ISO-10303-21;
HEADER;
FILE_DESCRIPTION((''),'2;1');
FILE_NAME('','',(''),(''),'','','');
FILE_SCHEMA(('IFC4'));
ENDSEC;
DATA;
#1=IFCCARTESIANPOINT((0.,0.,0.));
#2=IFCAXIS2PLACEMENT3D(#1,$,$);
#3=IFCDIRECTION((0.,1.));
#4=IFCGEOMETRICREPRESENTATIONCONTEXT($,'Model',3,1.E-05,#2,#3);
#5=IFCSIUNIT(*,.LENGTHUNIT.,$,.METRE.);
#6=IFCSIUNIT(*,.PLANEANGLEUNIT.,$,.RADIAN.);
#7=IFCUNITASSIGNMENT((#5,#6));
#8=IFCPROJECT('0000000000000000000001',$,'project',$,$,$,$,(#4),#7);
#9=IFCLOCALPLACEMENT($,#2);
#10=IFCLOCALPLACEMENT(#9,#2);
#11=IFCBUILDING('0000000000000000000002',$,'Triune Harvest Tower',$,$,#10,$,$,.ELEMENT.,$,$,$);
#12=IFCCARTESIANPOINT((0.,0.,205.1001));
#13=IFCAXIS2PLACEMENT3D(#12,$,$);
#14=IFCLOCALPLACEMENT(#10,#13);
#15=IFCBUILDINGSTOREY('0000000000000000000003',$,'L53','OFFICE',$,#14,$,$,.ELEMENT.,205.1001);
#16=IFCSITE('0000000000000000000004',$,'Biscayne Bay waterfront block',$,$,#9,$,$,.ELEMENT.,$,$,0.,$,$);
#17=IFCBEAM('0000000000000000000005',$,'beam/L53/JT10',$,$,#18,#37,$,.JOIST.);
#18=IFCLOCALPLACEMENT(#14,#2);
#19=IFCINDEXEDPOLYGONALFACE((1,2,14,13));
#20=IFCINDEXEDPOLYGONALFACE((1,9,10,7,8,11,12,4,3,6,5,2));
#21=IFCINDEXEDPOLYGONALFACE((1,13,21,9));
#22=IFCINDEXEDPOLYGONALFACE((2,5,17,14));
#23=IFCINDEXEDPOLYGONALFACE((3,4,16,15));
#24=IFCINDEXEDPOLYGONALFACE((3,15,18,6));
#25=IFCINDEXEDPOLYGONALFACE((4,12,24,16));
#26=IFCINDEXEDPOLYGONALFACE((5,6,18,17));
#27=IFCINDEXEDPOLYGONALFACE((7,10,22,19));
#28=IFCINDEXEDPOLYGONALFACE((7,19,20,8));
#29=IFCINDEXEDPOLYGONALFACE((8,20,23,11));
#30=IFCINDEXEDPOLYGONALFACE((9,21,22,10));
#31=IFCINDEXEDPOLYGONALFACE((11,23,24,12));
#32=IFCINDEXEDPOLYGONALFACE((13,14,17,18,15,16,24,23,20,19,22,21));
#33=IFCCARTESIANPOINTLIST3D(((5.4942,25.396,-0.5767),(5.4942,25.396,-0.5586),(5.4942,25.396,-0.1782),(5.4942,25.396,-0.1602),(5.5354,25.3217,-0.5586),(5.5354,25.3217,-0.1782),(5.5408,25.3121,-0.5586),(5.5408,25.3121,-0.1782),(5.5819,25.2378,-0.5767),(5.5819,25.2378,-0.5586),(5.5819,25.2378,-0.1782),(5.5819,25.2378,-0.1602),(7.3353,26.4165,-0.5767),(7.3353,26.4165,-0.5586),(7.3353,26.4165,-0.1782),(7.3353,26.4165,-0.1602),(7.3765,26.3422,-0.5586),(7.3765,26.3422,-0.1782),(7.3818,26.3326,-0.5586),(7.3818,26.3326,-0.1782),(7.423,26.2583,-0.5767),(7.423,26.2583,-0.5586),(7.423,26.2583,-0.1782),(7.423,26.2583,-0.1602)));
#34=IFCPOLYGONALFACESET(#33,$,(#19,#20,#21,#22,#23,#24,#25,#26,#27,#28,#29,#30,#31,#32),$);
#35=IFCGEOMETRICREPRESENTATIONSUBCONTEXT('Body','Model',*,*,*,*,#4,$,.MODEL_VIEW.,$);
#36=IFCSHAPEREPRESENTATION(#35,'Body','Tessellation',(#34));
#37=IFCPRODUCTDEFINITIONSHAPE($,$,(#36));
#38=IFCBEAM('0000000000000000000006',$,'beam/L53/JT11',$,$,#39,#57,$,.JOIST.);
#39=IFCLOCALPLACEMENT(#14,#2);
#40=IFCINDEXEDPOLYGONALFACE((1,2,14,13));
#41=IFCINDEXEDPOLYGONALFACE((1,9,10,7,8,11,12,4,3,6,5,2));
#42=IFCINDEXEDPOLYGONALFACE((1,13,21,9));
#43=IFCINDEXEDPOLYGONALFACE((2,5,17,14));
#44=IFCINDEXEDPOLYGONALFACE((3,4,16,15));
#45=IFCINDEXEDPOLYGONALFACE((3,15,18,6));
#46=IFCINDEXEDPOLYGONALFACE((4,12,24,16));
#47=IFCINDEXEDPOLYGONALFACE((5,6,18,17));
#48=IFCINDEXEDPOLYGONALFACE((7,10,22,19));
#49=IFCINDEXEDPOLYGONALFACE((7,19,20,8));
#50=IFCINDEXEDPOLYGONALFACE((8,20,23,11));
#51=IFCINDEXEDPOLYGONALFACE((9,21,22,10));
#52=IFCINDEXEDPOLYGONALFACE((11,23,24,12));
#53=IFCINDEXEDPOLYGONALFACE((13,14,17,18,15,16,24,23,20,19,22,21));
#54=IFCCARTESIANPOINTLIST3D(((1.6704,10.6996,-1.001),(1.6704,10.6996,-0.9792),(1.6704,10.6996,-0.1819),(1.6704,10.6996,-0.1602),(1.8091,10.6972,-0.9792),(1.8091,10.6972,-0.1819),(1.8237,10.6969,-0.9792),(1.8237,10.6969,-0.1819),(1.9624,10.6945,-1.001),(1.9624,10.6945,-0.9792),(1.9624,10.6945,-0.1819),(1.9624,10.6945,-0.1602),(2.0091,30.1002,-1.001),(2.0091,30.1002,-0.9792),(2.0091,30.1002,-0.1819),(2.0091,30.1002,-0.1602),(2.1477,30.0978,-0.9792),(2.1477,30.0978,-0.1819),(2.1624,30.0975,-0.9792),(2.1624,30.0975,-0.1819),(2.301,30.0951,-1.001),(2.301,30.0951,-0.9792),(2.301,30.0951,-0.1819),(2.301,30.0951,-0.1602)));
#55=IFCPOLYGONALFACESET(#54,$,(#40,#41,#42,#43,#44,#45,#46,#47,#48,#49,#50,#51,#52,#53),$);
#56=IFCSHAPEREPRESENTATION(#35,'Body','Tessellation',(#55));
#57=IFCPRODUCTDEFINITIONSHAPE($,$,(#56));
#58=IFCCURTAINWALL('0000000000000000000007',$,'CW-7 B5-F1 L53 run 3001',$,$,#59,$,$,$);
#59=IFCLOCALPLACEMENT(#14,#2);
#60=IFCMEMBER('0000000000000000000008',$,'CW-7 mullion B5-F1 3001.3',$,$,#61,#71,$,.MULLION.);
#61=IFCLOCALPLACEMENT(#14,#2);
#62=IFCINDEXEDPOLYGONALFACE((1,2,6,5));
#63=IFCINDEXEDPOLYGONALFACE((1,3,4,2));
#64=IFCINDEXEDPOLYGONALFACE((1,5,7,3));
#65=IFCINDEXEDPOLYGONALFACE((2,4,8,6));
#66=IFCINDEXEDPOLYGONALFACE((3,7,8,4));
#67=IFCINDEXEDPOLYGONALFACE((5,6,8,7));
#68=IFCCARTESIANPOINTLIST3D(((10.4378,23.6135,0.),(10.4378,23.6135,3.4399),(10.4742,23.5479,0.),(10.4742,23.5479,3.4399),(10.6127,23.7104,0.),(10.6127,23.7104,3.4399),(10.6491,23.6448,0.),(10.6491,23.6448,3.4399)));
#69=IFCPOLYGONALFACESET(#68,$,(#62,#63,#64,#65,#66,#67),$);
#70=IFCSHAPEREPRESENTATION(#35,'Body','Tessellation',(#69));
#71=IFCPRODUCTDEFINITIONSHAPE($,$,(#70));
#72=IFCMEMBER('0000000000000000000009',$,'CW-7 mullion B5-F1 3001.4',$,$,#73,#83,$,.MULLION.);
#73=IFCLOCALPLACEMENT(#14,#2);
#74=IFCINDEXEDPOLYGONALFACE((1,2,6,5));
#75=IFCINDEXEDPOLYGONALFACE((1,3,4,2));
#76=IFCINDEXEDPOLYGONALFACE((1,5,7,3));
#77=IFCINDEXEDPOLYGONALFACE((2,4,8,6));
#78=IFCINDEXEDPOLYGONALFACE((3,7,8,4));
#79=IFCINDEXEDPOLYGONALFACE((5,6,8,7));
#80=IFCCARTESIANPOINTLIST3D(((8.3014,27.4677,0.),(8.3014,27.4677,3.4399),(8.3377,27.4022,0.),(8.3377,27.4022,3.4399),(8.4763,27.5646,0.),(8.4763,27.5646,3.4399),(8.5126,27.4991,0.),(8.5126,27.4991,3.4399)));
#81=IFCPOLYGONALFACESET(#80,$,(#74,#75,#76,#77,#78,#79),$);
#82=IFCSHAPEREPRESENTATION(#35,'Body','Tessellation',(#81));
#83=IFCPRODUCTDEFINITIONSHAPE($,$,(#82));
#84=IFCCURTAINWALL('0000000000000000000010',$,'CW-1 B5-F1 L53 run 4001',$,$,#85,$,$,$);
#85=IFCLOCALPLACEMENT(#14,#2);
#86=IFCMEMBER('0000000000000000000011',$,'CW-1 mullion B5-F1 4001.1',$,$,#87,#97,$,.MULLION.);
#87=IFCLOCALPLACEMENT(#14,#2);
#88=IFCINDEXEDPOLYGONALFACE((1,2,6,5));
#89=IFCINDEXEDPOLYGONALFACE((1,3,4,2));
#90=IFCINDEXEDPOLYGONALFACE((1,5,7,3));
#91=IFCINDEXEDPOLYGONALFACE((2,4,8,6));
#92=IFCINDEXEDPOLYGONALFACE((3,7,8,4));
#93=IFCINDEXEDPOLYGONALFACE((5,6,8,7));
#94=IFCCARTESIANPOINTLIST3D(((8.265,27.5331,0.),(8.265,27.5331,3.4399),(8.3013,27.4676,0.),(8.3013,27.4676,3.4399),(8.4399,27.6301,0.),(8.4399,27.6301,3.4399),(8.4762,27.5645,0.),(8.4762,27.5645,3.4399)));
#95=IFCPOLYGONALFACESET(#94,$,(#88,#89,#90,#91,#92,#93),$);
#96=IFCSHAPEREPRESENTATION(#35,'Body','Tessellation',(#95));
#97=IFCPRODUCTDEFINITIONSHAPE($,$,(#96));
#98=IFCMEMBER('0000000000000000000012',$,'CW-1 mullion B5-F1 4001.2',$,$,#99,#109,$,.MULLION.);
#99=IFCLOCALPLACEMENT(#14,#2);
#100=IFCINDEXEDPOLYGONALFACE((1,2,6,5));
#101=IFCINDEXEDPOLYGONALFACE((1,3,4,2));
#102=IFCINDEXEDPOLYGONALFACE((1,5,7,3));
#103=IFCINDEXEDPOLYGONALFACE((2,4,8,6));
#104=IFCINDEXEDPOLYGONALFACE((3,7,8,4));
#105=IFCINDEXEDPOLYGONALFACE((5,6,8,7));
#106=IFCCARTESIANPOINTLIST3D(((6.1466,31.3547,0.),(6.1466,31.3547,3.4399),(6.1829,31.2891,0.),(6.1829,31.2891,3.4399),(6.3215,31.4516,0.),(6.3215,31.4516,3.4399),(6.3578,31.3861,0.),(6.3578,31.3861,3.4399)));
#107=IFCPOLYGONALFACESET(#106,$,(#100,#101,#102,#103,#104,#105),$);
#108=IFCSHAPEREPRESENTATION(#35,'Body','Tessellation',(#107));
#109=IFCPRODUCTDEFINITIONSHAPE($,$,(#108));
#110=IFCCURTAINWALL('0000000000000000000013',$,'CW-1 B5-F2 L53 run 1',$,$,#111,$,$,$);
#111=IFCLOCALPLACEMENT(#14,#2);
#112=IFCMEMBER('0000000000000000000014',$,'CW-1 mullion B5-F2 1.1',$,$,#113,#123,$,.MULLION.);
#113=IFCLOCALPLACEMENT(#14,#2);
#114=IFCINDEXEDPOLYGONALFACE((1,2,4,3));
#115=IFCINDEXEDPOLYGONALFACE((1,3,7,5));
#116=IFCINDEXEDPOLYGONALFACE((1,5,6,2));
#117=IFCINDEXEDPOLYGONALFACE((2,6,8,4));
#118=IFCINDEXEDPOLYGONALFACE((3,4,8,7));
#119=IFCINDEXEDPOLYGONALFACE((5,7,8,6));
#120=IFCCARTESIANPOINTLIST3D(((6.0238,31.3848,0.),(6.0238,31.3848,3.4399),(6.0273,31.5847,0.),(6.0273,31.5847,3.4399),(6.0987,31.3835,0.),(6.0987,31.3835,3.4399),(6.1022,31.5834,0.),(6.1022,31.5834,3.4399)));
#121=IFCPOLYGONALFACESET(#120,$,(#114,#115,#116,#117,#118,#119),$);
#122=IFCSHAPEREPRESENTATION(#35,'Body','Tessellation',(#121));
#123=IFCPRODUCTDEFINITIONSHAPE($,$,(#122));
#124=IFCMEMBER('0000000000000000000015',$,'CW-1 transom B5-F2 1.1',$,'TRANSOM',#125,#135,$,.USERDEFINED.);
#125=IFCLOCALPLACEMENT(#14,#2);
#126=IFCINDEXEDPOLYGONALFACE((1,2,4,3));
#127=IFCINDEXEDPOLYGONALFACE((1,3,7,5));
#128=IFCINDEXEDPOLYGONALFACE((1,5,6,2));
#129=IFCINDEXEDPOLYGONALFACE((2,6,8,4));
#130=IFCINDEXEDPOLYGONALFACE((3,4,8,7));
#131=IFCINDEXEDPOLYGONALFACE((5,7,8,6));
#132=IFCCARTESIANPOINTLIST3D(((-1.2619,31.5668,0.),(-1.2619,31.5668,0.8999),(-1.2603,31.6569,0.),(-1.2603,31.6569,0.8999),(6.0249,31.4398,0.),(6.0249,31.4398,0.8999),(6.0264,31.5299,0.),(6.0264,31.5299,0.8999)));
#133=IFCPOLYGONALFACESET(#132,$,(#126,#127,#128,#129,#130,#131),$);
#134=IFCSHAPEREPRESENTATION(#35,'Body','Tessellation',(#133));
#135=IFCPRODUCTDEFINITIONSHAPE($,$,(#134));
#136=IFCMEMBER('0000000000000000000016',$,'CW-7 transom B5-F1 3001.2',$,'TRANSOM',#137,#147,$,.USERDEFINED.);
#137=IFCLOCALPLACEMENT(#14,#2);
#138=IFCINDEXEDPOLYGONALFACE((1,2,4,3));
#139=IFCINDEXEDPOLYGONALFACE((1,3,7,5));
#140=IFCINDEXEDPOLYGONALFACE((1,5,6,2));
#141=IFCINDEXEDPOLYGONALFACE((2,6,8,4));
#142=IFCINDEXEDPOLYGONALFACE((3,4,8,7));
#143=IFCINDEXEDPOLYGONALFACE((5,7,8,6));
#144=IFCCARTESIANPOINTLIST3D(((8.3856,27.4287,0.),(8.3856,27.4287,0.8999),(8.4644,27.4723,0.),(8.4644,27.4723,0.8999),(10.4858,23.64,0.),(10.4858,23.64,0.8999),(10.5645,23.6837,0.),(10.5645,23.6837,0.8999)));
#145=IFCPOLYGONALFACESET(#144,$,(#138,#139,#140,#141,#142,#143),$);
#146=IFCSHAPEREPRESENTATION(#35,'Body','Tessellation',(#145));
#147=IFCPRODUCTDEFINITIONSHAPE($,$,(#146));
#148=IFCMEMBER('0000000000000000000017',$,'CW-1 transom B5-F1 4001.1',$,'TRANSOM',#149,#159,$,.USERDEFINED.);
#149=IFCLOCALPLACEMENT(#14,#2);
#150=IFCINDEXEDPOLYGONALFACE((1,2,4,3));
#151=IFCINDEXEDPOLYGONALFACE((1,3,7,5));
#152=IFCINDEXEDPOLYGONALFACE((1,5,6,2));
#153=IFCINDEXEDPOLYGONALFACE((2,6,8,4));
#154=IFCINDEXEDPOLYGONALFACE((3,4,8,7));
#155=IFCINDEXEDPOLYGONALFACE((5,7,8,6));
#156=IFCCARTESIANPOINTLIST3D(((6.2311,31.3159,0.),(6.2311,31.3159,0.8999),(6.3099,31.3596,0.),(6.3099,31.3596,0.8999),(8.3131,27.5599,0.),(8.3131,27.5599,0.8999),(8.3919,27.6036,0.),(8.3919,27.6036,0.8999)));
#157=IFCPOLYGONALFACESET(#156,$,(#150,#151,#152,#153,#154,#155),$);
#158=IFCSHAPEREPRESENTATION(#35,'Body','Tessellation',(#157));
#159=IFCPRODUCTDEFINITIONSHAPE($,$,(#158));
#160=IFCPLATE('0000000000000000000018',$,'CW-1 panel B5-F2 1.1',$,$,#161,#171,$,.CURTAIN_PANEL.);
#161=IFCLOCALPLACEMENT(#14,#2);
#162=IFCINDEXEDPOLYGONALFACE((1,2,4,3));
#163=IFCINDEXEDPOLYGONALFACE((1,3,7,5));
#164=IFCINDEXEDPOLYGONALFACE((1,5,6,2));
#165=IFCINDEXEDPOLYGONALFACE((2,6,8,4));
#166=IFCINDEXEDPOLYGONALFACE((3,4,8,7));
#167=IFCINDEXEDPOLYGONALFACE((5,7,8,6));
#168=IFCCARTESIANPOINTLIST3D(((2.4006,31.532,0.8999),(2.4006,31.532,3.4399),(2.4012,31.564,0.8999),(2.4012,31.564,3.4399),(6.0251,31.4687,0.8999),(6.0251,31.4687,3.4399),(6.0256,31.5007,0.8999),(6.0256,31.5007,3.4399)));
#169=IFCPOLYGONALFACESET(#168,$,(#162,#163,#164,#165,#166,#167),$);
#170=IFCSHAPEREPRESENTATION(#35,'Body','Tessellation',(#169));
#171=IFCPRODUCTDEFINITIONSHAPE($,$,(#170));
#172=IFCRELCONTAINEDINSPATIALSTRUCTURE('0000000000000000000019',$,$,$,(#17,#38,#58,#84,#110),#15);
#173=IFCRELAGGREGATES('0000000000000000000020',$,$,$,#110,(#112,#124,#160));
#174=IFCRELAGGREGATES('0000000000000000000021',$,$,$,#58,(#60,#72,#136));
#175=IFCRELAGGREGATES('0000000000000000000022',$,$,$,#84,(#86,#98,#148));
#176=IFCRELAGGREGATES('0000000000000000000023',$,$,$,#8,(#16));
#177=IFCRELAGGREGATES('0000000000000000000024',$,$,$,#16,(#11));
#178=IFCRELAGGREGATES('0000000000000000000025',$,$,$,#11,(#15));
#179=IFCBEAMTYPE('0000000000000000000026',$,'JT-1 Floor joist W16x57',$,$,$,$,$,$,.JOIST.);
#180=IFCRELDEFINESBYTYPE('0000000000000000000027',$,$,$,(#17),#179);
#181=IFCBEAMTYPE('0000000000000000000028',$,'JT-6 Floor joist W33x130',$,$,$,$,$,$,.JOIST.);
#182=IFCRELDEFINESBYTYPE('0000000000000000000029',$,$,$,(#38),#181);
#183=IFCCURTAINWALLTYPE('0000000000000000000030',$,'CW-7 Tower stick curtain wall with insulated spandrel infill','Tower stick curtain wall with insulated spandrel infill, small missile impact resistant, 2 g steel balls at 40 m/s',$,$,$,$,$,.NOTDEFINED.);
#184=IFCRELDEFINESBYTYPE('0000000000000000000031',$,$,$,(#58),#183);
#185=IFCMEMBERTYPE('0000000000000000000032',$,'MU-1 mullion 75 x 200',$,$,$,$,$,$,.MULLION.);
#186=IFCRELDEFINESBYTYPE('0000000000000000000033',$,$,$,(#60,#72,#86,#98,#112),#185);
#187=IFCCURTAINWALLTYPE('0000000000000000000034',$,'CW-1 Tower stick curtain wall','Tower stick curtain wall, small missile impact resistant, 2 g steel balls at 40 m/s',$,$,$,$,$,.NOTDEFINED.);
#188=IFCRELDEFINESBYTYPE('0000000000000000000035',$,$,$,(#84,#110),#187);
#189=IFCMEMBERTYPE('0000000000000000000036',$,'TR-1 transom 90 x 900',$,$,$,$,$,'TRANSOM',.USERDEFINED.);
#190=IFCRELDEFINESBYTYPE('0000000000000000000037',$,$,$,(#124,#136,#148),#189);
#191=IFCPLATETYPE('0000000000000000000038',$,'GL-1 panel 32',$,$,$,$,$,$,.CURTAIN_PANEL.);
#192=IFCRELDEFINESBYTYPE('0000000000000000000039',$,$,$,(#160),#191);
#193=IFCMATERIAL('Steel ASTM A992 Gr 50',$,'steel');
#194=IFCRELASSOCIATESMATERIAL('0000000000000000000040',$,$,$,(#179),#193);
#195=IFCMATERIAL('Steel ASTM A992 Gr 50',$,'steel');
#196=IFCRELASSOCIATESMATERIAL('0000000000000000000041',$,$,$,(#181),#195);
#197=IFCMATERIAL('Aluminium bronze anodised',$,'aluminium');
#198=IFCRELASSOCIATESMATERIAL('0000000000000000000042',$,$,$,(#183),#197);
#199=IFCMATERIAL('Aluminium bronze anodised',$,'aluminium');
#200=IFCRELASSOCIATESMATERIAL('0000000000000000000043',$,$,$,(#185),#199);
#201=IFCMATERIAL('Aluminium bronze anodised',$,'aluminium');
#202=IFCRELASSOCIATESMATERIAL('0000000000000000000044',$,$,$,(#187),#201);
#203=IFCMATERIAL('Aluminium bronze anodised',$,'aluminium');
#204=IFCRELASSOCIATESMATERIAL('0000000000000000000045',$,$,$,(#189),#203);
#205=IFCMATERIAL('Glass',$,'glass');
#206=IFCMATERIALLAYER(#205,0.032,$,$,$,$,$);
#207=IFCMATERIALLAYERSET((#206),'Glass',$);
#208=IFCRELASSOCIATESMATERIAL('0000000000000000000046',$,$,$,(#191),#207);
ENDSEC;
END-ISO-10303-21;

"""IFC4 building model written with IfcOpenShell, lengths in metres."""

from ifc_helpers import new_model, si_unit, direction, frame, origin, origin_2d, place, context, subcontext, project, spatial, rectangle, i_section, extrude, source, transform, mapped, material, layer, layer_set, material_profile, profile_set, type_object, element, aggregate, save


model = new_model("IFC4")

# Units and contexts
model_context = context("Model", 3, precision=1e-05, world=origin(), true_north=direction((0.0, 1.0)))
body_context = subcontext(model_context, "Body", "Model", "MODEL_VIEW")
ifc_project = project(units=[si_unit("LENGTHUNIT", "METRE"), si_unit("PLANEANGLEUNIT", "RADIAN")], contexts=[model_context])

# Site, building, storey
site_placement = place(None, origin())
site = spatial("IfcSite", under=ifc_project, at=site_placement, Name="Biscayne Bay waterfront block", CompositionType="ELEMENT", RefElevation=0.0)
building_placement = place(site_placement, origin())
building = spatial("IfcBuilding", under=site, at=building_placement, Name="Triune Harvest Tower", CompositionType="ELEMENT")
storey_placement = place(building_placement, frame((0.0, 0.0, 205.1001)))
storey = spatial("IfcBuildingStorey", under=building, at=storey_placement, Name="L53", Description="OFFICE", CompositionType="ELEMENT", Elevation=205.1001)

# Beams
ifc_material_1 = material(Name="Steel ASTM A992 Gr 50", Category="steel")
ifc_material_profile_1 = material_profile(ifc_material_1, i_section(OverallWidth=0.1809, OverallDepth=0.4165, WebThickness=0.011, FlangeThickness=0.0181, at=origin_2d()), Name="W16x57")
ifc_profile_set_1 = profile_set([ifc_material_profile_1], Name="Steel ASTM A992 Gr 50")
beam_type_1 = type_object("IfcBeamType", Name="JT-1 Floor joist W16x57", PredefinedType="JOIST", material=ifc_profile_set_1)
shared_shape_1 = source(origin(), body_context, "Body", "SweptSolid", [
    extrude(i_section(OverallWidth=0.1809, OverallDepth=0.4165, WebThickness=0.011, FlangeThickness=0.0181, at=origin_2d()), origin(), (0.0, 0.0, 1.0), 2.105),
])
beam_1_placement = place(storey_placement, frame((7.3792, 26.3374, -0.3684), z_axis=(-0.874622, -0.484806, 0.0), x_axis=(0.484806, -0.874622, 0.0)))
element("IfcBeam", 1, at=beam_1_placement, inside=storey, type_object=beam_type_1, Name="beam/L53/JT10", PredefinedType="JOIST", context=body_context, shape_type="MappedRepresentation", body=[
    mapped(shared_shape_1, transform((0.0, 0.0, 0.0), scale=1.0)),
])
ifc_material_2 = material(Name="Steel ASTM A992 Gr 50", Category="steel")
ifc_material_profile_2 = material_profile(ifc_material_2, i_section(OverallWidth=0.292, OverallDepth=0.8408, WebThickness=0.0146, FlangeThickness=0.0217, at=origin_2d()), Name="W33x130")
ifc_profile_set_2 = profile_set([ifc_material_profile_2], Name="Steel ASTM A992 Gr 50")
beam_type_2 = type_object("IfcBeamType", Name="JT-6 Floor joist W33x130", PredefinedType="JOIST", material=ifc_profile_set_2)
shared_shape_2 = source(origin(), body_context, "Body", "SweptSolid", [
    extrude(i_section(OverallWidth=0.292, OverallDepth=0.8408, WebThickness=0.0146, FlangeThickness=0.0217, at=origin_2d()), origin(), (0.0, 0.0, 1.0), 19.4036),
])
beam_2_placement = place(storey_placement, frame((2.155, 30.0977, -0.5806), z_axis=(-0.017452, -0.999848, 0.0), x_axis=(0.999848, -0.017452, 0.0)))
element("IfcBeam", 2, at=beam_2_placement, inside=storey, type_object=beam_type_2, Name="beam/L53/JT11", PredefinedType="JOIST", context=body_context, shape_type="MappedRepresentation", body=[
    mapped(shared_shape_2, transform((0.0, 0.0, 0.0), scale=1.0)),
])

# Curtain walls, members
ifc_material_3 = material(Name="Aluminium bronze anodised", Category="aluminium")
curtain_wall_type_1 = type_object("IfcCurtainWallType", Name="CW-7 Tower stick curtain wall with insulated spandrel infill", Description="Tower stick curtain wall with insulated spandrel infill, small missile impact resistant, 2 g steel balls at 40 m/s", PredefinedType="NOTDEFINED", material=ifc_material_3)
curtain_wall_1_placement = place(storey_placement, origin())
curtain_wall_1 = element("IfcCurtainWall", 3, at=curtain_wall_1_placement, inside=storey, type_object=curtain_wall_type_1, Name="CW-7 B5-F1 L53 run 3001")
ifc_material_4 = material(Name="Aluminium bronze anodised", Category="aluminium")
ifc_material_profile_3 = material_profile(ifc_material_4, rectangle(XDim=0.2, YDim=0.075, at=origin_2d()), Name="MU-1 mullion 75 x 200")
ifc_profile_set_3 = profile_set([ifc_material_profile_3], Name="Aluminium bronze anodised")
member_type_1 = type_object("IfcMemberType", Name="MU-1 mullion 75 x 200", PredefinedType="MULLION", material=ifc_profile_set_3)
shared_shape_3 = source(origin(), body_context, "Body", "SweptSolid", [
    extrude(rectangle(XDim=0.2, YDim=0.075, at=origin_2d()), origin(), (0.0, 0.0, 1.0), 3.4399),
])
member_1_placement = place(storey_placement, frame((10.5435, 23.6292, 0.0), z_axis=(0.0, 0.0, 1.0), x_axis=(-0.874621, -0.484807, 0.0)))
member_1 = element("IfcMember", 4, at=member_1_placement, type_object=member_type_1, Name="CW-7 mullion B5-F1 3001.3", PredefinedType="MULLION", context=body_context, shape_type="MappedRepresentation", body=[
    mapped(shared_shape_3, transform((0.0, 0.0, 0.0), scale=1.0)),
])
member_2_placement = place(storey_placement, frame((8.407, 27.4834, 0.0), z_axis=(0.0, 0.0, 1.0), x_axis=(-0.874621, -0.484807, 0.0)))
member_2 = element("IfcMember", 5, at=member_2_placement, type_object=member_type_1, Name="CW-7 mullion B5-F1 3001.4", PredefinedType="MULLION", context=body_context, shape_type="MappedRepresentation", body=[
    mapped(shared_shape_3, transform((0.0, 0.0, 0.0), scale=1.0)),
])
ifc_material_5 = material(Name="Aluminium bronze anodised", Category="aluminium")
curtain_wall_type_2 = type_object("IfcCurtainWallType", Name="CW-1 Tower stick curtain wall", Description="Tower stick curtain wall, small missile impact resistant, 2 g steel balls at 40 m/s", PredefinedType="NOTDEFINED", material=ifc_material_5)
curtain_wall_2_placement = place(storey_placement, origin())
curtain_wall_2 = element("IfcCurtainWall", 6, at=curtain_wall_2_placement, inside=storey, type_object=curtain_wall_type_2, Name="CW-1 B5-F1 L53 run 4001")
member_3_placement = place(storey_placement, frame((8.3706, 27.5488, 0.0), z_axis=(0.0, 0.0, 1.0), x_axis=(-0.874618, -0.484813, 0.0)))
member_3 = element("IfcMember", 7, at=member_3_placement, type_object=member_type_1, Name="CW-1 mullion B5-F1 4001.1", PredefinedType="MULLION", context=body_context, shape_type="MappedRepresentation", body=[
    mapped(shared_shape_3, transform((0.0, 0.0, 0.0), scale=1.0)),
])
member_4_placement = place(storey_placement, frame((6.2522, 31.3704, 0.0), z_axis=(0.0, 0.0, 1.0), x_axis=(-0.874618, -0.484813, 0.0)))
member_4 = element("IfcMember", 8, at=member_4_placement, type_object=member_type_1, Name="CW-1 mullion B5-F1 4001.2", PredefinedType="MULLION", context=body_context, shape_type="MappedRepresentation", body=[
    mapped(shared_shape_3, transform((0.0, 0.0, 0.0), scale=1.0)),
])
curtain_wall_3_placement = place(storey_placement, origin())
curtain_wall_3 = element("IfcCurtainWall", 9, at=curtain_wall_3_placement, inside=storey, type_object=curtain_wall_type_2, Name="CW-1 B5-F2 L53 run 1")
member_5_placement = place(storey_placement, frame((6.063, 31.4841, 0.0), z_axis=(0.0, 0.0, 1.0), x_axis=(-0.017446, -0.999848, 0.0)))
member_5 = element("IfcMember", 10, at=member_5_placement, type_object=member_type_1, Name="CW-1 mullion B5-F2 1.1", PredefinedType="MULLION", context=body_context, shape_type="MappedRepresentation", body=[
    mapped(shared_shape_3, transform((0.0, 0.0, 0.0), scale=1.0)),
])
ifc_material_6 = material(Name="Aluminium bronze anodised", Category="aluminium")
ifc_material_profile_4 = material_profile(ifc_material_6, rectangle(XDim=0.0901, YDim=0.8999, at=origin_2d()), Name="TR-1 transom 90 x 900")
ifc_profile_set_4 = profile_set([ifc_material_profile_4], Name="Aluminium bronze anodised")
member_type_2 = type_object("IfcMemberType", Name="TR-1 transom 90 x 900", ElementType="TRANSOM", PredefinedType="USERDEFINED", material=ifc_profile_set_4)
shared_shape_4 = source(origin(), body_context, "Body", "SweptSolid", [
    extrude(rectangle(XDim=0.0901, YDim=0.8999, at=origin_2d()), origin(), (0.0, 0.0, 1.0), 7.2878),
])
member_6_placement = place(storey_placement, frame((6.0256, 31.4849, 0.45), z_axis=(-0.999848, 0.01742, 0.0), x_axis=(-0.01742, -0.999848, 0.0)))
member_6 = element("IfcMember", 11, at=member_6_placement, type_object=member_type_2, Name="CW-1 transom B5-F2 1.1", ObjectType="TRANSOM", PredefinedType="USERDEFINED", context=body_context, shape_type="MappedRepresentation", body=[
    mapped(shared_shape_4, transform((0.0, 0.0, 0.0), scale=1.0)),
])

# Members
shared_shape_5 = source(origin(), body_context, "Body", "SweptSolid", [
    extrude(rectangle(XDim=0.0901, YDim=0.8999, at=origin_2d()), origin(), (0.0, 0.0, 1.0), 4.3318),
])
member_7_placement = place(storey_placement, frame((10.5251, 23.6619, 0.45), z_axis=(-0.48482, 0.874614, 0.0), x_axis=(-0.874614, -0.48482, 0.0)))
member_7 = element("IfcMember", 12, at=member_7_placement, type_object=member_type_2, Name="CW-7 transom B5-F1 3001.2", ObjectType="TRANSOM", PredefinedType="USERDEFINED", context=body_context, shape_type="MappedRepresentation", body=[
    mapped(shared_shape_5, transform((0.0, 0.0, 0.0), scale=1.0)),
])
shared_shape_6 = source(origin(), body_context, "Body", "SweptSolid", [
    extrude(rectangle(XDim=0.0901, YDim=0.8999, at=origin_2d()), origin(), (0.0, 0.0, 1.0), 4.2944),
])
member_8_placement = place(storey_placement, frame((8.3525, 27.5818, 0.45), z_axis=(-0.484832, 0.874607, 0.0), x_axis=(-0.874607, -0.484832, 0.0)))
member_8 = element("IfcMember", 13, at=member_8_placement, type_object=member_type_2, Name="CW-1 transom B5-F1 4001.1", ObjectType="TRANSOM", PredefinedType="USERDEFINED", context=body_context, shape_type="MappedRepresentation", body=[
    mapped(shared_shape_6, transform((0.0, 0.0, 0.0), scale=1.0)),
])

# Plate
ifc_material_7 = material(Name="Glass", Category="glass")
ifc_layer_1 = layer(ifc_material_7, 0.032)
ifc_layer_set_1 = layer_set([ifc_layer_1], Name="Glass")
plate_type_1 = type_object("IfcPlateType", Name="GL-1 panel 32", PredefinedType="CURTAIN_PANEL", material=ifc_layer_set_1)
shared_shape_7 = source(origin(), body_context, "Body", "SweptSolid", [
    extrude(rectangle(XDim=3.625, YDim=0.032, at=origin_2d()), origin(), (0.0, 0.0, 1.0), 2.54),
])
plate_1_placement = place(storey_placement, frame((4.2131, 31.5164, 0.8999), z_axis=(0.0, 0.0, 1.0), x_axis=(-0.999848, 0.017446, 0.0)))
plate_1 = element("IfcPlate", 14, at=plate_1_placement, type_object=plate_type_1, Name="CW-1 panel B5-F2 1.1", PredefinedType="CURTAIN_PANEL", context=body_context, shape_type="MappedRepresentation", body=[
    mapped(shared_shape_7, transform((0.0, 0.0, 0.0), scale=1.0)),
])
aggregate(curtain_wall_3, [member_5, member_6, plate_1])
aggregate(curtain_wall_1, [member_1, member_2, member_7])
aggregate(curtain_wall_2, [member_3, member_4, member_8])

save(model, "model.ifc")
